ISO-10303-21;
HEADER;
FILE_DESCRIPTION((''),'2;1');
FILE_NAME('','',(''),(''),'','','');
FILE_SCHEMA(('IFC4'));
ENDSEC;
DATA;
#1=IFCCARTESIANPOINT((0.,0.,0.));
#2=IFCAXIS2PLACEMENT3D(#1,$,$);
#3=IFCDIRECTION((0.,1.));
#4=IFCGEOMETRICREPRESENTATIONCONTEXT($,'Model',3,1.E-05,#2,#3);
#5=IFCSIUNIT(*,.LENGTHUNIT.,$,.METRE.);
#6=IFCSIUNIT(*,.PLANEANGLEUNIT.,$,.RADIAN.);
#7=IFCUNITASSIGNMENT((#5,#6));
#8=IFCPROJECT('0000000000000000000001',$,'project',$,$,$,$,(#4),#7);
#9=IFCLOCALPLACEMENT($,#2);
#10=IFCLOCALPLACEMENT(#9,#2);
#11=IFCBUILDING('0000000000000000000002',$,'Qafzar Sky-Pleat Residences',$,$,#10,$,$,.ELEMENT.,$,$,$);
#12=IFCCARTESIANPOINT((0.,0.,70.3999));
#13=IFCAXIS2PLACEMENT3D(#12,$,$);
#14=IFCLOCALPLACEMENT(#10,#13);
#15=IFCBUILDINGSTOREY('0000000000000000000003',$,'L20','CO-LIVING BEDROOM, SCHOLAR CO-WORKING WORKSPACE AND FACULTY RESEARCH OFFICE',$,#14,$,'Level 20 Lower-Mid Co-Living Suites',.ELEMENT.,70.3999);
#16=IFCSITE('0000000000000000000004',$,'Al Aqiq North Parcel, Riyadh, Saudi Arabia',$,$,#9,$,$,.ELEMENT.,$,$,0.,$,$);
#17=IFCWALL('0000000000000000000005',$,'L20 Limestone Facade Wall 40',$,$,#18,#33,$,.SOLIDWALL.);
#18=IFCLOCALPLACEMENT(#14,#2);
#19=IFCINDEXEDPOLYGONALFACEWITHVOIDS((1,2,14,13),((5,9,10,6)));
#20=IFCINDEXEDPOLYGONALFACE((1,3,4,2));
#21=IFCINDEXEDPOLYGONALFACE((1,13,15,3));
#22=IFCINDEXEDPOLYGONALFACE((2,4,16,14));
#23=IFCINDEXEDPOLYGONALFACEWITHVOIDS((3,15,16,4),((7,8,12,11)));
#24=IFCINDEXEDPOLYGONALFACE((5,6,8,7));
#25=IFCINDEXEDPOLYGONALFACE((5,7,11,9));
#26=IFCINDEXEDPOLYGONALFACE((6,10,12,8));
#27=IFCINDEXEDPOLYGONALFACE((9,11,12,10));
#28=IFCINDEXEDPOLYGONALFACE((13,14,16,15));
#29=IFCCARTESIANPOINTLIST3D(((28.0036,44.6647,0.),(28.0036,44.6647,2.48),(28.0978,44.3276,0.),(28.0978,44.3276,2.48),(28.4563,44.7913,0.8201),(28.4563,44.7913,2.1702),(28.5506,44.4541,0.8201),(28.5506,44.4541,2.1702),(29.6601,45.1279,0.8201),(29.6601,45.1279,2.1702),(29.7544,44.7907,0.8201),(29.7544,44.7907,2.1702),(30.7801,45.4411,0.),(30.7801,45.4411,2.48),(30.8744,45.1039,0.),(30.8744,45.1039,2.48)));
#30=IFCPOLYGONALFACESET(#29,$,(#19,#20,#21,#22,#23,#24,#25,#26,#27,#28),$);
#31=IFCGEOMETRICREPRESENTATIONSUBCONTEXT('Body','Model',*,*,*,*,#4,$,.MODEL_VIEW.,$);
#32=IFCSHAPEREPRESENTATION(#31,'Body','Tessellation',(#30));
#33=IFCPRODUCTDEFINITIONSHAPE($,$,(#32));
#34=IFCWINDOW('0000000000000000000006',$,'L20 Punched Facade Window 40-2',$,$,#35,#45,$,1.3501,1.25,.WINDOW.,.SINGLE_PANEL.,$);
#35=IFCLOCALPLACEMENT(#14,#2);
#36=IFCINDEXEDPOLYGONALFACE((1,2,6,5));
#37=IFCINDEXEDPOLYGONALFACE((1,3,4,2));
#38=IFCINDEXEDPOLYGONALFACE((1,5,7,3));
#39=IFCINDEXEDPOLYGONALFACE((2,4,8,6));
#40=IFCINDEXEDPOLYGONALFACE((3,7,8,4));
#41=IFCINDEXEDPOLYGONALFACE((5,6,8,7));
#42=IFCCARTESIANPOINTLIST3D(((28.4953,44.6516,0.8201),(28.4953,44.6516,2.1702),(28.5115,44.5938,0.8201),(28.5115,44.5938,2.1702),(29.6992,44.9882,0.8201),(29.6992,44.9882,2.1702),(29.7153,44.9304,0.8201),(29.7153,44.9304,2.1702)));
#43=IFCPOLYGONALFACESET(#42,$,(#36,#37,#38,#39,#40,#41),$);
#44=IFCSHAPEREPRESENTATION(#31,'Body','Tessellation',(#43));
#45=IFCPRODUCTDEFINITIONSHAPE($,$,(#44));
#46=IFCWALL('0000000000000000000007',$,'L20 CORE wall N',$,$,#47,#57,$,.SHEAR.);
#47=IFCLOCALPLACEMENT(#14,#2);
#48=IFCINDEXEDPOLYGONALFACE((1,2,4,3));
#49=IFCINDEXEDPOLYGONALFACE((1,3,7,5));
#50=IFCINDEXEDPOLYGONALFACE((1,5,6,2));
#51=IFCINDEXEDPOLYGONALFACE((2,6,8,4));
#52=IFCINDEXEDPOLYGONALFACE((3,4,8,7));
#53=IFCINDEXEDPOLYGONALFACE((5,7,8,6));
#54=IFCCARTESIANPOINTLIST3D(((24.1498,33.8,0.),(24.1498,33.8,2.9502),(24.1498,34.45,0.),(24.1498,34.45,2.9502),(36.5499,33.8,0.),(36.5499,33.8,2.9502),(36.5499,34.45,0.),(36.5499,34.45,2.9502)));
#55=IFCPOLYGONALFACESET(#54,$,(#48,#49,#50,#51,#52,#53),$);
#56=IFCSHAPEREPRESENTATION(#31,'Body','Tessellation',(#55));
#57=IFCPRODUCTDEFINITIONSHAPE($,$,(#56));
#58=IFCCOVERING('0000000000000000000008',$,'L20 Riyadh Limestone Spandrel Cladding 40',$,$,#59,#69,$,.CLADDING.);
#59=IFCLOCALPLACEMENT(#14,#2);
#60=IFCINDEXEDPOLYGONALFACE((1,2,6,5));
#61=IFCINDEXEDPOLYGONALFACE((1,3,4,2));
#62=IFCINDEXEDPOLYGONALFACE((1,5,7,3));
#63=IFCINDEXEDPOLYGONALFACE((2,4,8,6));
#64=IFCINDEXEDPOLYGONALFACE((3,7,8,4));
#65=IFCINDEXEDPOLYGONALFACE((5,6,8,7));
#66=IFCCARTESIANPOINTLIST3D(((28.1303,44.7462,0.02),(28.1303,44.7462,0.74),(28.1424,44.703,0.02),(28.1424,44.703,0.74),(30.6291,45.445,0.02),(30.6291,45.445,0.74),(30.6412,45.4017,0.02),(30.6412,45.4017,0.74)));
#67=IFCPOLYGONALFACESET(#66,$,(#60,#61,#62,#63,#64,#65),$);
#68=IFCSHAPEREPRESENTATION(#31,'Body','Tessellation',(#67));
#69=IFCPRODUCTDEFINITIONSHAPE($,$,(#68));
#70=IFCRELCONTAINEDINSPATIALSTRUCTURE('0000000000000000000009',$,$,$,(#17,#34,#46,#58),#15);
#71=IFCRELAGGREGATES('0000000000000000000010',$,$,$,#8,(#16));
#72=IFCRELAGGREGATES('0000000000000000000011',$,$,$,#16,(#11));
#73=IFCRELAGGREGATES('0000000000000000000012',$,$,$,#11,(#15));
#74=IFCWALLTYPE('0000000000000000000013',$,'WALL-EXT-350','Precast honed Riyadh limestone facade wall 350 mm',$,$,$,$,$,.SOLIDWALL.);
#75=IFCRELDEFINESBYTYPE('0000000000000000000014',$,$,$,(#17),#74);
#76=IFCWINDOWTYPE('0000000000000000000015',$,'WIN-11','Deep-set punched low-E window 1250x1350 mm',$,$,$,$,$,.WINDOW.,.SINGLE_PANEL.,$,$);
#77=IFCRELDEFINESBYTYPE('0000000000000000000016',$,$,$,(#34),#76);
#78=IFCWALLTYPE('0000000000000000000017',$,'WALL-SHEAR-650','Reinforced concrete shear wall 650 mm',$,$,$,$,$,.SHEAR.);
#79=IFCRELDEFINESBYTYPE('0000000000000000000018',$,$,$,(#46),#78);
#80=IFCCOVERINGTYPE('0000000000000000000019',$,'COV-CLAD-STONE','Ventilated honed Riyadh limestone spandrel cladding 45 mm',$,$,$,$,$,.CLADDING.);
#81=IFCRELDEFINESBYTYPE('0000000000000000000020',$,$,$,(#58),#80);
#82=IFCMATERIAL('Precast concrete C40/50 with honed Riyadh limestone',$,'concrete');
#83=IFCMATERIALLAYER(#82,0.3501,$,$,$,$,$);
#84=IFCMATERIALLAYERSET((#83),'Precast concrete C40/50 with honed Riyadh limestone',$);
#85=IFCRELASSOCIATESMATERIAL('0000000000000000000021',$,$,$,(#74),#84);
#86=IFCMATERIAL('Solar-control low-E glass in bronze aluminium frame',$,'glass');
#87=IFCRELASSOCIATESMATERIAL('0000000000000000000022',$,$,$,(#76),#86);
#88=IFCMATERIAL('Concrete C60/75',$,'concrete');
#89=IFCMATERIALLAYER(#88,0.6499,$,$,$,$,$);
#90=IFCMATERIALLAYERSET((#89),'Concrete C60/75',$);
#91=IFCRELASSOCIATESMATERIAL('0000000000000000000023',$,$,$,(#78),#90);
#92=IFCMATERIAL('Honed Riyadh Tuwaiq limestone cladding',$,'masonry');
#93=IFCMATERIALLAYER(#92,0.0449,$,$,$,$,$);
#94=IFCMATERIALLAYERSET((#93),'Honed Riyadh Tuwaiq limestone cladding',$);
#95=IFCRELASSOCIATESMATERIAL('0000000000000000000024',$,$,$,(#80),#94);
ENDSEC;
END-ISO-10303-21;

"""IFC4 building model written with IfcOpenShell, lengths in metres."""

from ifc_helpers import new_model, si_unit, direction, frame, frame_2d, origin, origin_2d, place, context, subcontext, project, spatial, rectangle, extrude, source, transform, mapped, material, layer, layer_set, type_object, element, fill, save


model = new_model("IFC4")

# Units and contexts
model_context = context("Model", 3, precision=1e-05, world=origin(), true_north=direction((0.0, 1.0)))
body_context = subcontext(model_context, "Body", "Model", "MODEL_VIEW")
ifc_project = project(units=[si_unit("LENGTHUNIT", "METRE"), si_unit("PLANEANGLEUNIT", "RADIAN")], contexts=[model_context])

# Site, building, storey
site_placement = place(None, origin())
site = spatial("IfcSite", under=ifc_project, at=site_placement, Name="Al Aqiq North Parcel, Riyadh, Saudi Arabia", CompositionType="ELEMENT", RefElevation=0.0)
building_placement = place(site_placement, origin())
building = spatial("IfcBuilding", under=site, at=building_placement, Name="Qafzar Sky-Pleat Residences", CompositionType="ELEMENT")
storey_placement = place(building_placement, frame((0.0, 0.0, 70.3999)))
storey = spatial("IfcBuildingStorey", under=building, at=storey_placement, Name="L20", Description="CO-LIVING BEDROOM, SCHOLAR CO-WORKING WORKSPACE AND FACULTY RESEARCH OFFICE", LongName="Level 20 Lower-Mid Co-Living Suites", CompositionType="ELEMENT", Elevation=70.3999)

# Wall, opening, window
ifc_material_1 = material(Name="Precast concrete C40/50 with honed Riyadh limestone", Category="concrete")
ifc_layer_1 = layer(ifc_material_1, 0.3501)
ifc_layer_set_1 = layer_set([ifc_layer_1], Name="Precast concrete C40/50 with honed Riyadh limestone")
wall_type_1 = type_object("IfcWallType", Name="WALL-EXT-350", Description="Precast honed Riyadh limestone facade wall 350 mm", PredefinedType="SOLIDWALL", material=ifc_layer_set_1)
ifc_material_2 = material(Name="Solar-control low-E glass in bronze aluminium frame", Category="glass")
wall_1_placement = place(storey_placement, frame((30.8271, 45.2725, 0.0), z_axis=(0.0, 0.0, 1.0), x_axis=(-0.963062, -0.269281, 0.0)))
wall_1 = element("IfcWall", 1, at=wall_1_placement, inside=storey, type_object=wall_type_1, Name="L20 Limestone Facade Wall 40", PredefinedType="SOLIDWALL", context=body_context, shape_type="SweptSolid", body=[
    extrude(rectangle(XDim=2.8831, YDim=0.3501, at=frame_2d((1.4414, 0.0))), origin(), (0.0, 0.0, 1.0), 2.48),
])
opening_1_placement = place(wall_1_placement, frame((1.1628, 0.0, 0.8201)))
opening_1 = element("IfcOpeningElement", 2, at=opening_1_placement, cuts=wall_1, PredefinedType="OPENING", context=body_context, shape_type="SweptSolid", body=[
    extrude(rectangle(XDim=1.25, YDim=1.3501, at=frame_2d((0.625, 0.675))), frame((0.0, 0.1851, 0.0), z_axis=(0.0, -1.0, 0.0), x_axis=(1.0, 0.0, 0.0)), (0.0, 0.0, 1.0), 0.3701),
])
window_type_1 = type_object("IfcWindowType", Name="WIN-11", Description="Deep-set punched low-E window 1250x1350 mm", PartitioningType="SINGLE_PANEL", PredefinedType="WINDOW", material=ifc_material_2)
shared_shape_1 = source(origin(), body_context, "Body", "SweptSolid", [
    extrude(rectangle(XDim=1.25, YDim=1.3501, at=frame_2d((0.625, 0.675))), frame((0.0, 0.03, 0.0), z_axis=(0.0, -1.0, 0.0), x_axis=(1.0, 0.0, 0.0)), (0.0, 0.0, 1.0), 0.0601),
])
window_1_placement = place(opening_1_placement, origin())
window_1 = element("IfcWindow", 3, at=window_1_placement, inside=storey, type_object=window_type_1, Name="L20 Punched Facade Window 40-2", OverallHeight=1.3501, OverallWidth=1.25, PartitioningType="SINGLE_PANEL", PredefinedType="WINDOW", context=body_context, shape_type="MappedRepresentation", body=[
    mapped(shared_shape_1, transform((0.0, 0.0, 0.0), x_axis=(1.0, 0.0, 0.0), y_axis=(0.0, 1.0, 0.0), z_axis=(0.0, 0.0, 1.0), scale=1.0)),
])
fill(opening_1, window_1)

# Wall
ifc_material_3 = material(Name="Concrete C60/75", Category="concrete")
ifc_layer_2 = layer(ifc_material_3, 0.6499)
ifc_layer_set_2 = layer_set([ifc_layer_2], Name="Concrete C60/75")
wall_type_2 = type_object("IfcWallType", Name="WALL-SHEAR-650", Description="Reinforced concrete shear wall 650 mm", PredefinedType="SHEAR", material=ifc_layer_set_2)
wall_2_placement = place(storey_placement, frame((36.55, 34.125, 0.0), z_axis=(0.0, 0.0, 1.0), x_axis=(-1.0, 0.0, 0.0)))
element("IfcWall", 4, at=wall_2_placement, inside=storey, type_object=wall_type_2, Name="L20 CORE wall N", PredefinedType="SHEAR", context=body_context, shape_type="SweptSolid", body=[
    extrude(rectangle(XDim=12.4001, YDim=0.6499, at=frame_2d((6.2002, 0.0))), origin(), (0.0, 0.0, 1.0), 2.9502),
])

# Covering
ifc_material_4 = material(Name="Honed Riyadh Tuwaiq limestone cladding", Category="masonry")
ifc_layer_3 = layer(ifc_material_4, 0.0449)
ifc_layer_set_3 = layer_set([ifc_layer_3], Name="Honed Riyadh Tuwaiq limestone cladding")
covering_type = type_object("IfcCoveringType", Name="COV-CLAD-STONE", Description="Ventilated honed Riyadh limestone spandrel cladding 45 mm", PredefinedType="CLADDING", material=ifc_layer_set_3)
shared_shape_2 = source(origin(), body_context, "Body", "SweptSolid", [
    extrude(rectangle(XDim=2.5947, YDim=0.0449, at=origin_2d()), origin(), (0.0, 0.0, 1.0), 0.72),
])
covering_placement = place(storey_placement, frame((29.3857, 45.074, 0.02), z_axis=(0.0, 0.0, 1.0), x_axis=(-0.963056, -0.269302, 0.0)))
element("IfcCovering", 5, at=covering_placement, inside=storey, type_object=covering_type, Name="L20 Riyadh Limestone Spandrel Cladding 40", PredefinedType="CLADDING", context=body_context, shape_type="MappedRepresentation", body=[
    mapped(shared_shape_2, transform((0.0, 0.0, 0.0), x_axis=(1.0, 0.0, 0.0), y_axis=(0.0, 1.0, 0.0), z_axis=(0.0, 0.0, 1.0), scale=1.0)),
])

save(model, "model.ifc")
